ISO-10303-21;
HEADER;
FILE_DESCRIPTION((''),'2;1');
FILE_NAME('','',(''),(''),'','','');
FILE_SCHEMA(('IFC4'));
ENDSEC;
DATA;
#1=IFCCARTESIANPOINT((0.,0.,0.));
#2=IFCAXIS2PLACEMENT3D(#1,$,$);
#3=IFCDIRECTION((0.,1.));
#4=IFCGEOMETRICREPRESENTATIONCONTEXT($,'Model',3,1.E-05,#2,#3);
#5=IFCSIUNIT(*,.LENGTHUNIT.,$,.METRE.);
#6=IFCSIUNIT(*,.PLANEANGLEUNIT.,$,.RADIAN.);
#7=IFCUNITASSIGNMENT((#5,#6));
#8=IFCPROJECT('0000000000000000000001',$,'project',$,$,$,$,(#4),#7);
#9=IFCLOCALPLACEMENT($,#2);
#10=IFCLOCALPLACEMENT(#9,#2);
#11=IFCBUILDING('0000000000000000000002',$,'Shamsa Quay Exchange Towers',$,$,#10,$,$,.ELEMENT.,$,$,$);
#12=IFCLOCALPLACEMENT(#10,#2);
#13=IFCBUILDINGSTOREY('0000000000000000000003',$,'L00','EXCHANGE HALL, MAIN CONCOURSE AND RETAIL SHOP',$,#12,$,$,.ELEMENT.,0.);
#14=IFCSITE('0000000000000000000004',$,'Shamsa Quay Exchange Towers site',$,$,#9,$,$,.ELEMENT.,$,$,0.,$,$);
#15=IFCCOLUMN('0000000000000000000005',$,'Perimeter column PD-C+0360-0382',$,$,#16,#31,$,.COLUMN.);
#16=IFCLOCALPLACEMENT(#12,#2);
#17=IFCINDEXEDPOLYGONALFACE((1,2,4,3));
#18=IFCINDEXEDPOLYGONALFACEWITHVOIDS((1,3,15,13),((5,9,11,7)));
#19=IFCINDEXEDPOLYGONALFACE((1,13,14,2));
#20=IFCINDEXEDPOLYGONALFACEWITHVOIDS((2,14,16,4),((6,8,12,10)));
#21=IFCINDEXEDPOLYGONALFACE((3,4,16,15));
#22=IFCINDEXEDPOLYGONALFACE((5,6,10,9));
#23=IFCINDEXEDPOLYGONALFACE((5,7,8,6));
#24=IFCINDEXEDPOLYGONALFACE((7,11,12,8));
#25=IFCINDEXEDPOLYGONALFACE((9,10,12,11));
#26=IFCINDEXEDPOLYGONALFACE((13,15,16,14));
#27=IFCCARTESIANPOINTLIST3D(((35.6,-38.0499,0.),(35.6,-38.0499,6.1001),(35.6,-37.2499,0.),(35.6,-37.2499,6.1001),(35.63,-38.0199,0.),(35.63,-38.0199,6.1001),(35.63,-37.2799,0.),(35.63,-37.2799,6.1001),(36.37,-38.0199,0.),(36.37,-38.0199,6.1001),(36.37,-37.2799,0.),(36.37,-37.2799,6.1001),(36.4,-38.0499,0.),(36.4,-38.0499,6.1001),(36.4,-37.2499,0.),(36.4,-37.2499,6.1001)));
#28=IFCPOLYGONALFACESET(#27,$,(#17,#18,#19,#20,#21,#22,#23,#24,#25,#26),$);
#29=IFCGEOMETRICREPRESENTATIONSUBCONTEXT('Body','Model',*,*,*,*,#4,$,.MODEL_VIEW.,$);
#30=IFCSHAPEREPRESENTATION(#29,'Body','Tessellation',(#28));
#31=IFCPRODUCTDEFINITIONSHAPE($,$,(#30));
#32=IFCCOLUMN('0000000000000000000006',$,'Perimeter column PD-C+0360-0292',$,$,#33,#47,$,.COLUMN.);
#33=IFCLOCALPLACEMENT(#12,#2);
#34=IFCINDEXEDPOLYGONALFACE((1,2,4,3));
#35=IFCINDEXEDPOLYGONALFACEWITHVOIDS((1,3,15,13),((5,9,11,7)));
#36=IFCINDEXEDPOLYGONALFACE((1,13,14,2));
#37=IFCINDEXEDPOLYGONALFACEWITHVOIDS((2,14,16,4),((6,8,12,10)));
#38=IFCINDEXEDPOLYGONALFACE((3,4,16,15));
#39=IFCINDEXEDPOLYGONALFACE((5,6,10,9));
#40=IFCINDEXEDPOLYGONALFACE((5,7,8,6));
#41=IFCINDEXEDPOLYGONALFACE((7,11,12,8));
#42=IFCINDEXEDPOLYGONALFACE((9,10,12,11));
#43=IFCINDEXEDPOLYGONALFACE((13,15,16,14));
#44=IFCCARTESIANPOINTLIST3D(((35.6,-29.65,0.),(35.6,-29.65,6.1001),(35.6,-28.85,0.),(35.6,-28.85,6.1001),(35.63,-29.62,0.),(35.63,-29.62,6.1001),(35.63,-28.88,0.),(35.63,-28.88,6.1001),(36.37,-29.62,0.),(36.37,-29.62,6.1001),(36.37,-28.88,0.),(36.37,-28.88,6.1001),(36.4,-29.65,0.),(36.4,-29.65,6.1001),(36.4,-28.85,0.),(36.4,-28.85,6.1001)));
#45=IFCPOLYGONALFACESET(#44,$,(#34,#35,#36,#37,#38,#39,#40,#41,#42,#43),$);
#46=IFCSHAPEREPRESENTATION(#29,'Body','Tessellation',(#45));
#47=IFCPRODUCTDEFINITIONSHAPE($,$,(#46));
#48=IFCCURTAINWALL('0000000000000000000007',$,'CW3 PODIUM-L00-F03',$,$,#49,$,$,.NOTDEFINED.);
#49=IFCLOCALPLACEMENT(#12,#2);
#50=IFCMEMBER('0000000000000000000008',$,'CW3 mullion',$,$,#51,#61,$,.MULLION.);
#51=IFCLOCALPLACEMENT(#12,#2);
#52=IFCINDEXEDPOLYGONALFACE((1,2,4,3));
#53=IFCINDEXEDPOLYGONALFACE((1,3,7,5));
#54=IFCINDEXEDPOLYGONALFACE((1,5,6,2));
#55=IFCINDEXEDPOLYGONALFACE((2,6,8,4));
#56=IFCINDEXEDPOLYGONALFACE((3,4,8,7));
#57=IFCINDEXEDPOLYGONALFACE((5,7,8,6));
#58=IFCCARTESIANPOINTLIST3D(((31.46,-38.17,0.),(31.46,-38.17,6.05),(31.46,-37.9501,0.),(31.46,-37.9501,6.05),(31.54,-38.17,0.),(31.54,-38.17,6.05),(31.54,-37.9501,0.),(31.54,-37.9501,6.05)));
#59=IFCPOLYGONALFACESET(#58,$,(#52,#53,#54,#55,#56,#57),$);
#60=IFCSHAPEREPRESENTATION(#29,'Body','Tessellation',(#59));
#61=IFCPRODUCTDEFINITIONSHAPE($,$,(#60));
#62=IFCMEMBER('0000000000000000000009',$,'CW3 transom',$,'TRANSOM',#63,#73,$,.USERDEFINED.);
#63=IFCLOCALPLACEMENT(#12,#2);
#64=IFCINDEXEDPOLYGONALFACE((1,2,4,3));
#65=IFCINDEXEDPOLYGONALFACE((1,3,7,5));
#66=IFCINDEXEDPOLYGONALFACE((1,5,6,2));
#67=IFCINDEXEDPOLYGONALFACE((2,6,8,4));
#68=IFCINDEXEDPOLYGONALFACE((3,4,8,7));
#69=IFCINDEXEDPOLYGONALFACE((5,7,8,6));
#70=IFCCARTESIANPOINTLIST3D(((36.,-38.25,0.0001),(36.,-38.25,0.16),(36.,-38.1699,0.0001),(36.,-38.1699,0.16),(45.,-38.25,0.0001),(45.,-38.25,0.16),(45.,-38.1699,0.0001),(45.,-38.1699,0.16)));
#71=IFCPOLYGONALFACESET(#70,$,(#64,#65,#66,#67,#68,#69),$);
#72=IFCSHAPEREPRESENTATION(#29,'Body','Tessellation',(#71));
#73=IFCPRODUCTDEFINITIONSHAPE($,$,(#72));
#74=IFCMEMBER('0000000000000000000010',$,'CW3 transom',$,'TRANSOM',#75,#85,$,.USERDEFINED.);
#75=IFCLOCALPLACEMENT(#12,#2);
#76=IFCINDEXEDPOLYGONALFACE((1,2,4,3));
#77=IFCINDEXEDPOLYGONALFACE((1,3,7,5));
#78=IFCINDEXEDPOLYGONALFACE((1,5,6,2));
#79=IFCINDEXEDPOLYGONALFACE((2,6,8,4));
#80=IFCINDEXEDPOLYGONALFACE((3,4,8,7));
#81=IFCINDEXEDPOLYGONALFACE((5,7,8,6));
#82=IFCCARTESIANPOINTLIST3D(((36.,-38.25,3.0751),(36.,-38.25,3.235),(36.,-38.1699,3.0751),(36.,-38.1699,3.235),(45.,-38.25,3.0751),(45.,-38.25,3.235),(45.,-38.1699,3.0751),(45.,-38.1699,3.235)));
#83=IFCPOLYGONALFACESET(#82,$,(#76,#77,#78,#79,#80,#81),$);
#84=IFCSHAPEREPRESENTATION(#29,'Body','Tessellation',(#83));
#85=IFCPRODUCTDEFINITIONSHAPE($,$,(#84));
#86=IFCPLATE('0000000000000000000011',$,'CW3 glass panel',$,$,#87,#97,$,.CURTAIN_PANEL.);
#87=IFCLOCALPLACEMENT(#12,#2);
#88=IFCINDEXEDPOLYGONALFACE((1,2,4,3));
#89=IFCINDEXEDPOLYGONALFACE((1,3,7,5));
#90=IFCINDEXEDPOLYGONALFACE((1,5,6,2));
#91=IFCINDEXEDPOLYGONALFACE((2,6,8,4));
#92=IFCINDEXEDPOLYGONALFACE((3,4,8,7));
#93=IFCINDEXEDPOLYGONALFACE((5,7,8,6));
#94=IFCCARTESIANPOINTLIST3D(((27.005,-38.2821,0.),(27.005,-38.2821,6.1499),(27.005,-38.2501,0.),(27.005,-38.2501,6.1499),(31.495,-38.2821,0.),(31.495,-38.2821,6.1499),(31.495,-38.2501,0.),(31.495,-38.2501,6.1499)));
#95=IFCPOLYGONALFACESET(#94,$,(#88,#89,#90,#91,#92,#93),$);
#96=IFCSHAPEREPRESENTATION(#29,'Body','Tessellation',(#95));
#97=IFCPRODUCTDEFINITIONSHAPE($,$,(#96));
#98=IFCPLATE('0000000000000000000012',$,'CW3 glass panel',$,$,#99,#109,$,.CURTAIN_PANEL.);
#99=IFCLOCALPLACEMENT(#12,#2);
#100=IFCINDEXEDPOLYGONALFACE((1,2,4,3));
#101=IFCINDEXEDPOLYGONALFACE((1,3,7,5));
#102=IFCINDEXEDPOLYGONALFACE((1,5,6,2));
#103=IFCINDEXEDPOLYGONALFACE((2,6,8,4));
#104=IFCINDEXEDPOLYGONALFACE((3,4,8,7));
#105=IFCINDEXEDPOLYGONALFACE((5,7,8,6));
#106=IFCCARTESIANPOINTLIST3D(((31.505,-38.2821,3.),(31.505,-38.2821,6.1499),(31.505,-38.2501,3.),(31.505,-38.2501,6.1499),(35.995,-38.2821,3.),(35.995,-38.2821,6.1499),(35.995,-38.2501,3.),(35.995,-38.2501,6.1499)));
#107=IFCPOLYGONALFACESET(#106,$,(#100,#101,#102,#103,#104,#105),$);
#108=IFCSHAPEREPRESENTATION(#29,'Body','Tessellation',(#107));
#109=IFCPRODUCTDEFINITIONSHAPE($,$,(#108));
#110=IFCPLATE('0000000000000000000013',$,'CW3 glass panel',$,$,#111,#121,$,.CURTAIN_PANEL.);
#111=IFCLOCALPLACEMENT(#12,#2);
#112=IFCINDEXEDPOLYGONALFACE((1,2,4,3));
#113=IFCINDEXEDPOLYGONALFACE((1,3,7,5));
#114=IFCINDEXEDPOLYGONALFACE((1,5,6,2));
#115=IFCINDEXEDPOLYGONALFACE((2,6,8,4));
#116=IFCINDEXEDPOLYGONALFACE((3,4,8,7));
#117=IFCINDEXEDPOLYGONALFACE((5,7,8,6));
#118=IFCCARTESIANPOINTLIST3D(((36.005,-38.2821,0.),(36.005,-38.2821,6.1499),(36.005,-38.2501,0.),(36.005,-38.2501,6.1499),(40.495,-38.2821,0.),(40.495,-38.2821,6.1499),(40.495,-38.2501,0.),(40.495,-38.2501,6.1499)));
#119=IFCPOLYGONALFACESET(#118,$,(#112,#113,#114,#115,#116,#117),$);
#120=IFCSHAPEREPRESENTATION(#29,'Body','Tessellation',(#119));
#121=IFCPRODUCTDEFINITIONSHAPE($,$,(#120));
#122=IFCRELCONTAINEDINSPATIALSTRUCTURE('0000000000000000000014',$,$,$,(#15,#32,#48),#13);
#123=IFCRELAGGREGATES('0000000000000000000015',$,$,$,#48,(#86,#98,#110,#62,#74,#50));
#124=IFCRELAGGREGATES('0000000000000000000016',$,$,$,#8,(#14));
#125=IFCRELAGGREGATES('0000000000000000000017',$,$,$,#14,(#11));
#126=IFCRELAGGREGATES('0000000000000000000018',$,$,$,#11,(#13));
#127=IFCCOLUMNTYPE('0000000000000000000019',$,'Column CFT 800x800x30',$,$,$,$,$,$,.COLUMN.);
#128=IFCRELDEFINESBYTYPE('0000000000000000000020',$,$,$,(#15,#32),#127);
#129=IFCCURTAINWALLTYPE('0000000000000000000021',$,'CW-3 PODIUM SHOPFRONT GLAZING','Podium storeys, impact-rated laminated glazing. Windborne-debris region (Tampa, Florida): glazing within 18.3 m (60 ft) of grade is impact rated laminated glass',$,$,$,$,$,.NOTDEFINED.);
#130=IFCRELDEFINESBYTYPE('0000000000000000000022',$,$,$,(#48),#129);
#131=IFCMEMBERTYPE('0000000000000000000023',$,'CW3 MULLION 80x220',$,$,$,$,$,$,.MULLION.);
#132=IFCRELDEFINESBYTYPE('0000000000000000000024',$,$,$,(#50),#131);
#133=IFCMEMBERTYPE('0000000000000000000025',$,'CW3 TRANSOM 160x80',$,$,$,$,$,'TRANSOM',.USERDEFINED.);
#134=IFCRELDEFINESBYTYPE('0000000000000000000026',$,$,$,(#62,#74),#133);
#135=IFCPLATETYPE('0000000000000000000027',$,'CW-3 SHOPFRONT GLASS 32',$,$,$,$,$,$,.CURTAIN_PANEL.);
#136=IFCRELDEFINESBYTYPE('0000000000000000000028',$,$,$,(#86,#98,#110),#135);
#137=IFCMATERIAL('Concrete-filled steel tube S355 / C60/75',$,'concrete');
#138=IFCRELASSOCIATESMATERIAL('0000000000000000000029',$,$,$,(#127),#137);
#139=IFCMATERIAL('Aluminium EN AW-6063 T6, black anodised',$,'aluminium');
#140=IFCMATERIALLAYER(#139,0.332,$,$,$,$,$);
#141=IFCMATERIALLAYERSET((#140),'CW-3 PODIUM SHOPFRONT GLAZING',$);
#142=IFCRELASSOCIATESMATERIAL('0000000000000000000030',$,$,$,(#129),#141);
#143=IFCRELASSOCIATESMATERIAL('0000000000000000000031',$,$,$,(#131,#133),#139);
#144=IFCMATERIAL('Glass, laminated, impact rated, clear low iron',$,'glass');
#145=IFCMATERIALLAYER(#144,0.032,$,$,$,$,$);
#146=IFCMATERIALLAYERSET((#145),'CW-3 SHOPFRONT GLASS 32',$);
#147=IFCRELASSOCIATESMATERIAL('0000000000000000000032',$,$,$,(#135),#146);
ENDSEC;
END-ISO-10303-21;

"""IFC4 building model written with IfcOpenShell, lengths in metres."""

from ifc_helpers import new_model, si_unit, direction, frame, origin, origin_2d, place, context, subcontext, project, spatial, rectangle, hollow_rectangle, extrude, material, layer, layer_set, material_profile, profile_set, type_object, element, aggregate, save


model = new_model("IFC4")

# Units and contexts
model_context = context("Model", 3, precision=1e-05, world=origin(), true_north=direction((0.0, 1.0)))
body_context = subcontext(model_context, "Body", "Model", "MODEL_VIEW")
ifc_project = project(units=[si_unit("LENGTHUNIT", "METRE"), si_unit("PLANEANGLEUNIT", "RADIAN")], contexts=[model_context])

# Site, building, storey
site_placement = place(None, origin())
site = spatial("IfcSite", under=ifc_project, at=site_placement, Name="Shamsa Quay Exchange Towers site", CompositionType="ELEMENT", RefElevation=0.0)
building_placement = place(site_placement, origin())
building = spatial("IfcBuilding", under=site, at=building_placement, Name="Shamsa Quay Exchange Towers", CompositionType="ELEMENT")
storey_placement = place(building_placement, origin())
storey = spatial("IfcBuildingStorey", under=building, at=storey_placement, Name="L00", Description="EXCHANGE HALL, MAIN CONCOURSE AND RETAIL SHOP", CompositionType="ELEMENT", Elevation=0.0)

# Columns
ifc_material_1 = material(Name="Concrete-filled steel tube S355 / C60/75", Category="concrete")
ifc_material_profile_1 = material_profile(ifc_material_1, hollow_rectangle(XDim=0.8, YDim=0.8, WallThickness=0.03, at=origin_2d()), Name="CFT 800x800x30")
ifc_profile_set_1 = profile_set([ifc_material_profile_1], Name="Concrete-filled steel tube S355 / C60/75")
column_type_1 = type_object("IfcColumnType", Name="Column CFT 800x800x30", PredefinedType="COLUMN", material=ifc_profile_set_1)
for number, where, name in (
    (1, (36.0, -37.6499, 0.0), "Perimeter column PD-C+0360-0382"),
    (2, (36.0, -29.25, 0.0), "Perimeter column PD-C+0360-0292"),
):
    element("IfcColumn", number, at=place(storey_placement, frame(where)), inside=storey, type_object=column_type_1, Name=name, PredefinedType="COLUMN", context=body_context, shape_type="SweptSolid", body=[
        extrude(hollow_rectangle(XDim=0.8, YDim=0.8, WallThickness=0.03, at=origin_2d()), origin(), (0.0, 0.0, 1.0), 6.1001),
    ])

# Curtain wall, members, plates
ifc_material_2 = material(Name="Aluminium EN AW-6063 T6, black anodised", Category="aluminium")
ifc_layer_1 = layer(ifc_material_2, 0.332)
ifc_layer_set_1 = layer_set([ifc_layer_1], Name="CW-3 PODIUM SHOPFRONT GLAZING")
curtain_wall_type = type_object("IfcCurtainWallType", Name="CW-3 PODIUM SHOPFRONT GLAZING", Description="Podium storeys, impact-rated laminated glazing. Windborne-debris region (Tampa, Florida): glazing within 18.3 m (60 ft) of grade is impact rated laminated glass", PredefinedType="NOTDEFINED", material=ifc_layer_set_1)
curtain_wall_placement = place(storey_placement, origin())
curtain_wall = element("IfcCurtainWall", 3, at=curtain_wall_placement, inside=storey, type_object=curtain_wall_type, Name="CW3 PODIUM-L00-F03", PredefinedType="NOTDEFINED")
ifc_material_profile_2 = material_profile(ifc_material_2, rectangle(XDim=0.22, YDim=0.0801, at=origin_2d()), Name="MU80x220")
ifc_profile_set_2 = profile_set([ifc_material_profile_2], Name="Aluminium EN AW-6063 T6, black anodised")
member_type_1 = type_object("IfcMemberType", Name="CW3 MULLION 80x220", PredefinedType="MULLION", material=ifc_profile_set_2)
member_1_placement = place(storey_placement, frame((31.5, -38.0601, 0.0), z_axis=(0.0, 0.0, 1.0), x_axis=(0.0, 1.0, 0.0)))
member_1 = element("IfcMember", 4, at=member_1_placement, type_object=member_type_1, Name="CW3 mullion", PredefinedType="MULLION", context=body_context, shape_type="SweptSolid", body=[
    extrude(rectangle(XDim=0.22, YDim=0.0801, at=origin_2d()), origin(), (0.0, 0.0, 1.0), 6.05),
])
ifc_material_profile_3 = material_profile(ifc_material_2, rectangle(XDim=0.0801, YDim=0.1599, at=origin_2d()), Name="TR160x80")
ifc_profile_set_3 = profile_set([ifc_material_profile_3], Name="Aluminium EN AW-6063 T6, black anodised")
member_type_2 = type_object("IfcMemberType", Name="CW3 TRANSOM 160x80", ElementType="TRANSOM", PredefinedType="USERDEFINED", material=ifc_profile_set_3)
member_2_placement = place(storey_placement, frame((36.0, -38.21, 0.0801), z_axis=(1.0, 0.0, 0.0), x_axis=(0.0, 1.0, 0.0)))
member_2 = element("IfcMember", 5, at=member_2_placement, type_object=member_type_2, Name="CW3 transom", ObjectType="TRANSOM", PredefinedType="USERDEFINED", context=body_context, shape_type="SweptSolid", body=[
    extrude(rectangle(XDim=0.0801, YDim=0.1599, at=origin_2d()), origin(), (0.0, 0.0, 1.0), 9.0),
])
member_3_placement = place(storey_placement, frame((36.0, -38.21, 3.155), z_axis=(1.0, 0.0, 0.0), x_axis=(0.0, 1.0, 0.0)))
member_3 = element("IfcMember", 6, at=member_3_placement, type_object=member_type_2, Name="CW3 transom", ObjectType="TRANSOM", PredefinedType="USERDEFINED", context=body_context, shape_type="SweptSolid", body=[
    extrude(rectangle(XDim=0.0801, YDim=0.1599, at=origin_2d()), origin(), (0.0, 0.0, 1.0), 9.0),
])
ifc_material_3 = material(Name="Glass, laminated, impact rated, clear low iron", Category="glass")
ifc_layer_2 = layer(ifc_material_3, 0.032)
ifc_layer_set_2 = layer_set([ifc_layer_2], Name="CW-3 SHOPFRONT GLASS 32")
plate_type = type_object("IfcPlateType", Name="CW-3 SHOPFRONT GLASS 32", PredefinedType="CURTAIN_PANEL", material=ifc_layer_set_2)
plate_1_placement = place(storey_placement, frame((29.25, -38.2661, 0.0)))
plate_1 = element("IfcPlate", 7, at=plate_1_placement, type_object=plate_type, Name="CW3 glass panel", PredefinedType="CURTAIN_PANEL", context=body_context, shape_type="SweptSolid", body=[
    extrude(rectangle(XDim=4.49, YDim=0.032, at=origin_2d()), origin(), (0.0, 0.0, 1.0), 6.1499),
])
plate_2_placement = place(storey_placement, frame((33.75, -38.2661, 3.0)))
plate_2 = element("IfcPlate", 8, at=plate_2_placement, type_object=plate_type, Name="CW3 glass panel", PredefinedType="CURTAIN_PANEL", context=body_context, shape_type="SweptSolid", body=[
    extrude(rectangle(XDim=4.49, YDim=0.032, at=origin_2d()), origin(), (0.0, 0.0, 1.0), 3.1499),
])
plate_3_placement = place(storey_placement, frame((38.25, -38.2661, 0.0)))
plate_3 = element("IfcPlate", 9, at=plate_3_placement, type_object=plate_type, Name="CW3 glass panel", PredefinedType="CURTAIN_PANEL", context=body_context, shape_type="SweptSolid", body=[
    extrude(rectangle(XDim=4.49, YDim=0.032, at=origin_2d()), origin(), (0.0, 0.0, 1.0), 6.1499),
])
aggregate(curtain_wall, [plate_1, plate_2, plate_3, member_2, member_3, member_1])

save(model, "model.ifc")
